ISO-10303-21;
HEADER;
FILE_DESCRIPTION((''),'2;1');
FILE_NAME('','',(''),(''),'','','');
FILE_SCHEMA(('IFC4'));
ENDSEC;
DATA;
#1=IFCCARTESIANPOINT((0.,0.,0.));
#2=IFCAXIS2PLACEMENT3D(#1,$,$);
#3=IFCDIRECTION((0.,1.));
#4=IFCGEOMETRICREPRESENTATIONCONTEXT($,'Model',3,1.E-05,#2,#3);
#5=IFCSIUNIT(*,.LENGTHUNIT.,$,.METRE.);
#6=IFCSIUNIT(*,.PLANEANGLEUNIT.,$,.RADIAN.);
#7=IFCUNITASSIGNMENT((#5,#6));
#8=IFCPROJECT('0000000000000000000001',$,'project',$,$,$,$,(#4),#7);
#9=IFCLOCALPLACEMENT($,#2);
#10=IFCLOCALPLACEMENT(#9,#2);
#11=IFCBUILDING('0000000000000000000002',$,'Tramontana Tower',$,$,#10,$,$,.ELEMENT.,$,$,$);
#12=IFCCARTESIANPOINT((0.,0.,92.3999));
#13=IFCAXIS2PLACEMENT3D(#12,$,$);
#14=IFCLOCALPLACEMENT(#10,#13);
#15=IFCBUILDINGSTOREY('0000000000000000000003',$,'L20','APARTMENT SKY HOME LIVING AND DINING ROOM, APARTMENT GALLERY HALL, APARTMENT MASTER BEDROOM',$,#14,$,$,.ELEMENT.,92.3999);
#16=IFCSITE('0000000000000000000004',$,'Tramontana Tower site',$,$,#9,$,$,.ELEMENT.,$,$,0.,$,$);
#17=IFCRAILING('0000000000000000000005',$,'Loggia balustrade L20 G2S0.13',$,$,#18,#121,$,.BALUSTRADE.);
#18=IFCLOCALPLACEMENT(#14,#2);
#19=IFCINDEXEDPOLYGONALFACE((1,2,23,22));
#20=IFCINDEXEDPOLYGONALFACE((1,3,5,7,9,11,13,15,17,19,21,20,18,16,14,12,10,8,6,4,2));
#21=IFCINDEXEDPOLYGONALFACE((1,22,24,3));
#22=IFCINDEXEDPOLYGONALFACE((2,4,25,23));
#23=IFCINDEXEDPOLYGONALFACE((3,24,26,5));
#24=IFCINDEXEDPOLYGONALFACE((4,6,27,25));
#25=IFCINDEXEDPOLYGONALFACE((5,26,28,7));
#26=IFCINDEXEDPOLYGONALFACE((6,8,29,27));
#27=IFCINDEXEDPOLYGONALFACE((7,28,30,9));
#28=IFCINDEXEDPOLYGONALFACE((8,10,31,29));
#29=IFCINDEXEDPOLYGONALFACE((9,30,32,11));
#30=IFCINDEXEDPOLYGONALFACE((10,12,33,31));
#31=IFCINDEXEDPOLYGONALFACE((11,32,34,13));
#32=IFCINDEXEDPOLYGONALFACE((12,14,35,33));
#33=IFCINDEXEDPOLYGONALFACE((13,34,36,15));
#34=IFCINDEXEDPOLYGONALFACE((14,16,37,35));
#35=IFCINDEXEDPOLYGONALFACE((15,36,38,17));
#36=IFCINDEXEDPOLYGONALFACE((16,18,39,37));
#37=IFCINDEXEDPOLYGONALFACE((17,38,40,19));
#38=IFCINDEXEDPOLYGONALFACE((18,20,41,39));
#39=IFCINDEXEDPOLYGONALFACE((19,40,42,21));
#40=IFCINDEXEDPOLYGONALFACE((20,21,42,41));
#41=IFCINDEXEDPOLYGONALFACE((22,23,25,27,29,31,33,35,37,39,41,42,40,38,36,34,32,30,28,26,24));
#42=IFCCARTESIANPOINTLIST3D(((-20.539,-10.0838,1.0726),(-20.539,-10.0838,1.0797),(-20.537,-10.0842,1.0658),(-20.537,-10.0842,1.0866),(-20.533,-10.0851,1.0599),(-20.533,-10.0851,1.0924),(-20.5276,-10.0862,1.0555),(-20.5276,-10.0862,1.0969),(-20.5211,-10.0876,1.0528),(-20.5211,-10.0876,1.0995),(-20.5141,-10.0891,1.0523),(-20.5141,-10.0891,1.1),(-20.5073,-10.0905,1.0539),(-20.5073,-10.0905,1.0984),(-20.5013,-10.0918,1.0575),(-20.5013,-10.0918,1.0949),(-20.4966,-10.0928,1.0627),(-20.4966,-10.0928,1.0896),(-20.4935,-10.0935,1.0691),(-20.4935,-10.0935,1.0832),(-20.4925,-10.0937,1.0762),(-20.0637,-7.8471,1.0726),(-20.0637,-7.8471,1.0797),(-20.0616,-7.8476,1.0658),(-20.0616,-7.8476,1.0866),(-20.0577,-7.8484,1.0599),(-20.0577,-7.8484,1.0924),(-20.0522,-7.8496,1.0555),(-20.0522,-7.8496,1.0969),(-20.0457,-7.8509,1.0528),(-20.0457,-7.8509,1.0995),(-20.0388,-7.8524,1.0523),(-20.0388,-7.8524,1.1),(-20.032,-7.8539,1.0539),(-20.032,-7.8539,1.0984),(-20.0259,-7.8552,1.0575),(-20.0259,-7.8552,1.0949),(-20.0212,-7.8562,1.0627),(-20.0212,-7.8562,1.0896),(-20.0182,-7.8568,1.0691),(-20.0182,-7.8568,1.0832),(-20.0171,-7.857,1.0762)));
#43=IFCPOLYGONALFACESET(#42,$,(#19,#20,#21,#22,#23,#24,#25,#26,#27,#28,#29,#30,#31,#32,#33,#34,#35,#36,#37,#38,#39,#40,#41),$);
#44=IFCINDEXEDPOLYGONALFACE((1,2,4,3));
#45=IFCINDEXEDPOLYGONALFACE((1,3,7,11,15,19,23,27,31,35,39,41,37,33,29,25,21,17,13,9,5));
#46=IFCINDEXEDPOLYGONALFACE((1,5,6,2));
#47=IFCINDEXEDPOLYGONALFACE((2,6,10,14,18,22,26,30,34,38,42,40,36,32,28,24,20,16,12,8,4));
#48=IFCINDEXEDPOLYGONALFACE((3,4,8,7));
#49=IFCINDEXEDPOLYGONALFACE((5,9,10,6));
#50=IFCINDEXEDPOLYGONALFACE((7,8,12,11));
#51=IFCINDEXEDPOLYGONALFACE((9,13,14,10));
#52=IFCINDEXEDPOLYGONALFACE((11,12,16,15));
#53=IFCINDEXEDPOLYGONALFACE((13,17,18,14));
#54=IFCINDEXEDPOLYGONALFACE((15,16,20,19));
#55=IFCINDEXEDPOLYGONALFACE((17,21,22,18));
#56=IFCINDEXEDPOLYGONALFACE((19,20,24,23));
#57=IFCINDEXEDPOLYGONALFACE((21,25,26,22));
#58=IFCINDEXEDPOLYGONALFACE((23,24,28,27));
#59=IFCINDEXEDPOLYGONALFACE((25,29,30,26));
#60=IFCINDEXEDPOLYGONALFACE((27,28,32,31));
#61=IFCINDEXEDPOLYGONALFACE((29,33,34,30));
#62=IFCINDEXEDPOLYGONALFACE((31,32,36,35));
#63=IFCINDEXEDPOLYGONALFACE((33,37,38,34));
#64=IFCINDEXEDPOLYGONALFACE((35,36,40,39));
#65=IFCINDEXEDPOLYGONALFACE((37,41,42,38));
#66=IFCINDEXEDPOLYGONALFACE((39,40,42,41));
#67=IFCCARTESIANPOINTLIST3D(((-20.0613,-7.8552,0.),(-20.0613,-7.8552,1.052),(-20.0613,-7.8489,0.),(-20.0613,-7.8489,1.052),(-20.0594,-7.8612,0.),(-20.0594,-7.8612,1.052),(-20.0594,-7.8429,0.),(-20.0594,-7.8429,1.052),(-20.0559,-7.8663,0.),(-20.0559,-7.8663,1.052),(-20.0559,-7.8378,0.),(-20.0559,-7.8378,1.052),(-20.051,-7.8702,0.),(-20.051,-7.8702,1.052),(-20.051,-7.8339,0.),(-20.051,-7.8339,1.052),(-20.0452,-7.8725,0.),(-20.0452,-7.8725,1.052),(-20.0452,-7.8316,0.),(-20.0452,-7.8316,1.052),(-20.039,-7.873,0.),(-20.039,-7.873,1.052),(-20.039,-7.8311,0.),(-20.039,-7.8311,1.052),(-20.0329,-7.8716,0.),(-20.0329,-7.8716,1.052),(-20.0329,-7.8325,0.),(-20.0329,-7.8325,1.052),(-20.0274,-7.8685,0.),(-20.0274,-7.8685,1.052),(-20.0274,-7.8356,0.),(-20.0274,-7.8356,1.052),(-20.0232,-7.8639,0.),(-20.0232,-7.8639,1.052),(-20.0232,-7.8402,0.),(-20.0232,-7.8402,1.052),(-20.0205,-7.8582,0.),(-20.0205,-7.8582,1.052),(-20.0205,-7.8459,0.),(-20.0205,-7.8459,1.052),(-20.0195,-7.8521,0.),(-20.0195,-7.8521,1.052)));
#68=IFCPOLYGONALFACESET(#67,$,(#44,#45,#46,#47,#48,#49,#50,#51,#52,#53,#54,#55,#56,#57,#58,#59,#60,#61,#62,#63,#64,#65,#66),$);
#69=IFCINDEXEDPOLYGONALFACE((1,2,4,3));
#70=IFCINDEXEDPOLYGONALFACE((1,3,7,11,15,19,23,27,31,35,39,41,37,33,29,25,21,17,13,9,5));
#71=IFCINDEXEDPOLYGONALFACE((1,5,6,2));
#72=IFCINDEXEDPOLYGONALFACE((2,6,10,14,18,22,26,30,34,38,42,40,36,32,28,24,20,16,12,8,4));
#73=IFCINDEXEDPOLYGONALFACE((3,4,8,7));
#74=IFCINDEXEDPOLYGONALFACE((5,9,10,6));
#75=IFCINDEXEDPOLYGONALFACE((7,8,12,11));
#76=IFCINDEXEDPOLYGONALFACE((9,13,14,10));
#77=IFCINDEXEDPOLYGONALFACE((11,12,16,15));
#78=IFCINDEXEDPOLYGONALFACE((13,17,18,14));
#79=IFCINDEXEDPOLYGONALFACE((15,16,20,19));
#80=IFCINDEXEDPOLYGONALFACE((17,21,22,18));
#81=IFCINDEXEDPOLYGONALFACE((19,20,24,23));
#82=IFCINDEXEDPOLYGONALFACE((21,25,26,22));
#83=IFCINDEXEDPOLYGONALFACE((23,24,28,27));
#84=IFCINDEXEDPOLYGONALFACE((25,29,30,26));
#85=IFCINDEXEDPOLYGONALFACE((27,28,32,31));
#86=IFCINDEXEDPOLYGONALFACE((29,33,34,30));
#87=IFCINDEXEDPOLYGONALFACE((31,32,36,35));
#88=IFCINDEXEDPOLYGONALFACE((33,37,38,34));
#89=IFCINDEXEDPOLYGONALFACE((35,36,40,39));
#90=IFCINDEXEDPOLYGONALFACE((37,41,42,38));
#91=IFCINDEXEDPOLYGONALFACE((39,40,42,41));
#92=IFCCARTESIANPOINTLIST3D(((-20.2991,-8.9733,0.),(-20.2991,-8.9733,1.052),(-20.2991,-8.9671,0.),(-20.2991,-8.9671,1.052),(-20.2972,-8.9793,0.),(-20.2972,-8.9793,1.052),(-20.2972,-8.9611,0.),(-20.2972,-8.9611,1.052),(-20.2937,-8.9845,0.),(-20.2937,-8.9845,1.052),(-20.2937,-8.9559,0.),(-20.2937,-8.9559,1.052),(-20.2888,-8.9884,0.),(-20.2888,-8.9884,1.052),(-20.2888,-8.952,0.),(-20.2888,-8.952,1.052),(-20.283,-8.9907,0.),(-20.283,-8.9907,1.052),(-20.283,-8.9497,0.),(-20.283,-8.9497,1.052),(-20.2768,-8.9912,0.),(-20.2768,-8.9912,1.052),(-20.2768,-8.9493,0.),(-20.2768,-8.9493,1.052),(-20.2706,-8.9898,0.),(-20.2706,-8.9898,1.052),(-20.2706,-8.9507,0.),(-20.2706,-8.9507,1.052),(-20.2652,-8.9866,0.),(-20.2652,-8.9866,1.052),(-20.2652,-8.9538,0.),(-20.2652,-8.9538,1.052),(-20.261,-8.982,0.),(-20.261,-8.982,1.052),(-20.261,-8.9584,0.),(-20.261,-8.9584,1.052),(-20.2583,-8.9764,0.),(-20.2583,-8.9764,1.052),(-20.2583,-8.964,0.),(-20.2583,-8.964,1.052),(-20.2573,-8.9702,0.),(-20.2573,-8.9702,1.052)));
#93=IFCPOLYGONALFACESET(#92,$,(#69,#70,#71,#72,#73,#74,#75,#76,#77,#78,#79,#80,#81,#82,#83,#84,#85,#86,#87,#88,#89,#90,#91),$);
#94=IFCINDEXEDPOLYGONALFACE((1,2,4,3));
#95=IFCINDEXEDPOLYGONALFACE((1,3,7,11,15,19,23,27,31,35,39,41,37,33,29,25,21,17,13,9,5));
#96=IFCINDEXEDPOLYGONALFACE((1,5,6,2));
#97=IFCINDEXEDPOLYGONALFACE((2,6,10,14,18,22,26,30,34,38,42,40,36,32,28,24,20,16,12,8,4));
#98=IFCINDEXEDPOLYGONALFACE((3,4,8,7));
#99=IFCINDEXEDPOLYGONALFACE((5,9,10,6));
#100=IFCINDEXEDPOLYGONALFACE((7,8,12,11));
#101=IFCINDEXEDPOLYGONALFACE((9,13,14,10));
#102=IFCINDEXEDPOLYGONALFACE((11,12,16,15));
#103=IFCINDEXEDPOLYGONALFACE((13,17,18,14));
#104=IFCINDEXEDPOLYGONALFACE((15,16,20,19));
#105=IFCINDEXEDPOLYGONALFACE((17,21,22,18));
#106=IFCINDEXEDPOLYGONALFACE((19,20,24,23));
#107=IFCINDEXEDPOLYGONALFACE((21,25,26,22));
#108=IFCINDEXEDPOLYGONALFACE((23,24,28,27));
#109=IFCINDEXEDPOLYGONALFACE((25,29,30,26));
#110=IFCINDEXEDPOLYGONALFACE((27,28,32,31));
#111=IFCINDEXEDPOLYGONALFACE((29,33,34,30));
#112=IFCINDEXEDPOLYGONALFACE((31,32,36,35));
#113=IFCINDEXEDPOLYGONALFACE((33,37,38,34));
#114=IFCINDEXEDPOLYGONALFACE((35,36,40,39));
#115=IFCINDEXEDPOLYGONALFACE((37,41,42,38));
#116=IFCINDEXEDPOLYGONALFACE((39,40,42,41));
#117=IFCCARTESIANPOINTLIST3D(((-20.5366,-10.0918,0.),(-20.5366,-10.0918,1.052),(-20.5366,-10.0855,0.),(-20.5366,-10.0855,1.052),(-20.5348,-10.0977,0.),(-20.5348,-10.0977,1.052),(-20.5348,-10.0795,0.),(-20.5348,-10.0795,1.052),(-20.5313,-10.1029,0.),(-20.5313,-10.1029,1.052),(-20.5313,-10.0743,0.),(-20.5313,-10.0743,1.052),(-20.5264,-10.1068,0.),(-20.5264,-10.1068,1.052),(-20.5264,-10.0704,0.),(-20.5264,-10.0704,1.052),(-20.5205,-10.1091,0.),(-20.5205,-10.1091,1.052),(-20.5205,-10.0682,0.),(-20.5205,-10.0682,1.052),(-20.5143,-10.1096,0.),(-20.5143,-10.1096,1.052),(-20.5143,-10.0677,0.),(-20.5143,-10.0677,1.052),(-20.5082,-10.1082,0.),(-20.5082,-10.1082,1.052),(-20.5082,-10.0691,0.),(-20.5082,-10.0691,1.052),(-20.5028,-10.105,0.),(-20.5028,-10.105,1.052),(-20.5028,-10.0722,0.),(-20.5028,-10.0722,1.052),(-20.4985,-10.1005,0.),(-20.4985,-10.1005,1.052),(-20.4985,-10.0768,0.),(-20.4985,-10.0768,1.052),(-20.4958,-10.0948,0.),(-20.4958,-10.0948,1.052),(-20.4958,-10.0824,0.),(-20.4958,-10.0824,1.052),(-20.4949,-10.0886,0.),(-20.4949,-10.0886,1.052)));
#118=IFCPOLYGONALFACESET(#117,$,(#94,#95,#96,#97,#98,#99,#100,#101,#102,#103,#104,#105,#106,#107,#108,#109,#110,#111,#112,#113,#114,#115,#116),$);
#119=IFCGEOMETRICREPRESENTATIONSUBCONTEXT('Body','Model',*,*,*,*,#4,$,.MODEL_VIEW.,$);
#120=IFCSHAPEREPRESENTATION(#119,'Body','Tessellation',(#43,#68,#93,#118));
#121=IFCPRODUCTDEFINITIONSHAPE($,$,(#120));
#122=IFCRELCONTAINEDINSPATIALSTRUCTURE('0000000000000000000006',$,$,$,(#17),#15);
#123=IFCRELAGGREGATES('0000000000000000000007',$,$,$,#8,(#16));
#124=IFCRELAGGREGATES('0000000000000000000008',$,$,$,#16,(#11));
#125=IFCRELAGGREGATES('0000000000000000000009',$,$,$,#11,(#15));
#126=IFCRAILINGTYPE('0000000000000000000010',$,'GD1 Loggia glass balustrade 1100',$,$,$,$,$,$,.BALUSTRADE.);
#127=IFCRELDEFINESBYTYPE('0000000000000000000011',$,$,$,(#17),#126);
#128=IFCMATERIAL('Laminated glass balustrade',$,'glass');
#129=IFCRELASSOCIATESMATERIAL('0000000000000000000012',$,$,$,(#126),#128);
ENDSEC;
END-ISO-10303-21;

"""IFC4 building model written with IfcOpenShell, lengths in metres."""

from ifc_helpers import new_model, si_unit, direction, frame, origin, origin_2d, place, context, subcontext, project, spatial, circle, extrude, material, type_object, element, save


model = new_model("IFC4")

# Units and contexts
model_context = context("Model", 3, precision=1e-05, world=origin(), true_north=direction((0.0, 1.0)))
body_context = subcontext(model_context, "Body", "Model", "MODEL_VIEW")
ifc_project = project(units=[si_unit("LENGTHUNIT", "METRE"), si_unit("PLANEANGLEUNIT", "RADIAN")], contexts=[model_context])

# Site, building, storey
site_placement = place(None, origin())
site = spatial("IfcSite", under=ifc_project, at=site_placement, Name="Tramontana Tower site", CompositionType="ELEMENT", RefElevation=0.0)
building_placement = place(site_placement, origin())
building = spatial("IfcBuilding", under=site, at=building_placement, Name="Tramontana Tower", CompositionType="ELEMENT")
storey_placement = place(building_placement, frame((0.0, 0.0, 92.3999)))
storey = spatial("IfcBuildingStorey", under=building, at=storey_placement, Name="L20", Description="APARTMENT SKY HOME LIVING AND DINING ROOM, APARTMENT GALLERY HALL, APARTMENT MASTER BEDROOM", CompositionType="ELEMENT", Elevation=92.3999)

# Railing
ifc_material_1 = material(Name="Laminated glass balustrade", Category="glass")
railing_type = type_object("IfcRailingType", Name="GD1 Loggia glass balustrade 1100", PredefinedType="BALUSTRADE", material=ifc_material_1)
railing_placement = place(storey_placement, frame((-20.0405, -7.8521, 0.0)))
element("IfcRailing", 1, at=railing_placement, inside=storey, type_object=railing_type, Name="Loggia balustrade L20 G2S0.13", PredefinedType="BALUSTRADE", context=body_context, shape_type="SweptSolid", body=[
    extrude(circle(Radius=0.0239, at=origin_2d()), frame((0.0, 0.0, 1.0762), z_axis=(-0.207888, -0.978153, 0.0), x_axis=(0.978153, -0.207888, 0.0)), (0.0, 0.0, 1.0), 2.2866),
    extrude(circle(Radius=0.021, at=origin_2d()), origin(), (0.0, 0.0, 1.0), 1.052),
    extrude(circle(Radius=0.021, at=origin_2d()), frame((-0.2378, -1.1182, 0.0)), (0.0, 0.0, 1.0), 1.052),
    extrude(circle(Radius=0.021, at=origin_2d()), frame((-0.4753, -2.2366, 0.0)), (0.0, 0.0, 1.0), 1.052),
])

save(model, "model.ifc")
